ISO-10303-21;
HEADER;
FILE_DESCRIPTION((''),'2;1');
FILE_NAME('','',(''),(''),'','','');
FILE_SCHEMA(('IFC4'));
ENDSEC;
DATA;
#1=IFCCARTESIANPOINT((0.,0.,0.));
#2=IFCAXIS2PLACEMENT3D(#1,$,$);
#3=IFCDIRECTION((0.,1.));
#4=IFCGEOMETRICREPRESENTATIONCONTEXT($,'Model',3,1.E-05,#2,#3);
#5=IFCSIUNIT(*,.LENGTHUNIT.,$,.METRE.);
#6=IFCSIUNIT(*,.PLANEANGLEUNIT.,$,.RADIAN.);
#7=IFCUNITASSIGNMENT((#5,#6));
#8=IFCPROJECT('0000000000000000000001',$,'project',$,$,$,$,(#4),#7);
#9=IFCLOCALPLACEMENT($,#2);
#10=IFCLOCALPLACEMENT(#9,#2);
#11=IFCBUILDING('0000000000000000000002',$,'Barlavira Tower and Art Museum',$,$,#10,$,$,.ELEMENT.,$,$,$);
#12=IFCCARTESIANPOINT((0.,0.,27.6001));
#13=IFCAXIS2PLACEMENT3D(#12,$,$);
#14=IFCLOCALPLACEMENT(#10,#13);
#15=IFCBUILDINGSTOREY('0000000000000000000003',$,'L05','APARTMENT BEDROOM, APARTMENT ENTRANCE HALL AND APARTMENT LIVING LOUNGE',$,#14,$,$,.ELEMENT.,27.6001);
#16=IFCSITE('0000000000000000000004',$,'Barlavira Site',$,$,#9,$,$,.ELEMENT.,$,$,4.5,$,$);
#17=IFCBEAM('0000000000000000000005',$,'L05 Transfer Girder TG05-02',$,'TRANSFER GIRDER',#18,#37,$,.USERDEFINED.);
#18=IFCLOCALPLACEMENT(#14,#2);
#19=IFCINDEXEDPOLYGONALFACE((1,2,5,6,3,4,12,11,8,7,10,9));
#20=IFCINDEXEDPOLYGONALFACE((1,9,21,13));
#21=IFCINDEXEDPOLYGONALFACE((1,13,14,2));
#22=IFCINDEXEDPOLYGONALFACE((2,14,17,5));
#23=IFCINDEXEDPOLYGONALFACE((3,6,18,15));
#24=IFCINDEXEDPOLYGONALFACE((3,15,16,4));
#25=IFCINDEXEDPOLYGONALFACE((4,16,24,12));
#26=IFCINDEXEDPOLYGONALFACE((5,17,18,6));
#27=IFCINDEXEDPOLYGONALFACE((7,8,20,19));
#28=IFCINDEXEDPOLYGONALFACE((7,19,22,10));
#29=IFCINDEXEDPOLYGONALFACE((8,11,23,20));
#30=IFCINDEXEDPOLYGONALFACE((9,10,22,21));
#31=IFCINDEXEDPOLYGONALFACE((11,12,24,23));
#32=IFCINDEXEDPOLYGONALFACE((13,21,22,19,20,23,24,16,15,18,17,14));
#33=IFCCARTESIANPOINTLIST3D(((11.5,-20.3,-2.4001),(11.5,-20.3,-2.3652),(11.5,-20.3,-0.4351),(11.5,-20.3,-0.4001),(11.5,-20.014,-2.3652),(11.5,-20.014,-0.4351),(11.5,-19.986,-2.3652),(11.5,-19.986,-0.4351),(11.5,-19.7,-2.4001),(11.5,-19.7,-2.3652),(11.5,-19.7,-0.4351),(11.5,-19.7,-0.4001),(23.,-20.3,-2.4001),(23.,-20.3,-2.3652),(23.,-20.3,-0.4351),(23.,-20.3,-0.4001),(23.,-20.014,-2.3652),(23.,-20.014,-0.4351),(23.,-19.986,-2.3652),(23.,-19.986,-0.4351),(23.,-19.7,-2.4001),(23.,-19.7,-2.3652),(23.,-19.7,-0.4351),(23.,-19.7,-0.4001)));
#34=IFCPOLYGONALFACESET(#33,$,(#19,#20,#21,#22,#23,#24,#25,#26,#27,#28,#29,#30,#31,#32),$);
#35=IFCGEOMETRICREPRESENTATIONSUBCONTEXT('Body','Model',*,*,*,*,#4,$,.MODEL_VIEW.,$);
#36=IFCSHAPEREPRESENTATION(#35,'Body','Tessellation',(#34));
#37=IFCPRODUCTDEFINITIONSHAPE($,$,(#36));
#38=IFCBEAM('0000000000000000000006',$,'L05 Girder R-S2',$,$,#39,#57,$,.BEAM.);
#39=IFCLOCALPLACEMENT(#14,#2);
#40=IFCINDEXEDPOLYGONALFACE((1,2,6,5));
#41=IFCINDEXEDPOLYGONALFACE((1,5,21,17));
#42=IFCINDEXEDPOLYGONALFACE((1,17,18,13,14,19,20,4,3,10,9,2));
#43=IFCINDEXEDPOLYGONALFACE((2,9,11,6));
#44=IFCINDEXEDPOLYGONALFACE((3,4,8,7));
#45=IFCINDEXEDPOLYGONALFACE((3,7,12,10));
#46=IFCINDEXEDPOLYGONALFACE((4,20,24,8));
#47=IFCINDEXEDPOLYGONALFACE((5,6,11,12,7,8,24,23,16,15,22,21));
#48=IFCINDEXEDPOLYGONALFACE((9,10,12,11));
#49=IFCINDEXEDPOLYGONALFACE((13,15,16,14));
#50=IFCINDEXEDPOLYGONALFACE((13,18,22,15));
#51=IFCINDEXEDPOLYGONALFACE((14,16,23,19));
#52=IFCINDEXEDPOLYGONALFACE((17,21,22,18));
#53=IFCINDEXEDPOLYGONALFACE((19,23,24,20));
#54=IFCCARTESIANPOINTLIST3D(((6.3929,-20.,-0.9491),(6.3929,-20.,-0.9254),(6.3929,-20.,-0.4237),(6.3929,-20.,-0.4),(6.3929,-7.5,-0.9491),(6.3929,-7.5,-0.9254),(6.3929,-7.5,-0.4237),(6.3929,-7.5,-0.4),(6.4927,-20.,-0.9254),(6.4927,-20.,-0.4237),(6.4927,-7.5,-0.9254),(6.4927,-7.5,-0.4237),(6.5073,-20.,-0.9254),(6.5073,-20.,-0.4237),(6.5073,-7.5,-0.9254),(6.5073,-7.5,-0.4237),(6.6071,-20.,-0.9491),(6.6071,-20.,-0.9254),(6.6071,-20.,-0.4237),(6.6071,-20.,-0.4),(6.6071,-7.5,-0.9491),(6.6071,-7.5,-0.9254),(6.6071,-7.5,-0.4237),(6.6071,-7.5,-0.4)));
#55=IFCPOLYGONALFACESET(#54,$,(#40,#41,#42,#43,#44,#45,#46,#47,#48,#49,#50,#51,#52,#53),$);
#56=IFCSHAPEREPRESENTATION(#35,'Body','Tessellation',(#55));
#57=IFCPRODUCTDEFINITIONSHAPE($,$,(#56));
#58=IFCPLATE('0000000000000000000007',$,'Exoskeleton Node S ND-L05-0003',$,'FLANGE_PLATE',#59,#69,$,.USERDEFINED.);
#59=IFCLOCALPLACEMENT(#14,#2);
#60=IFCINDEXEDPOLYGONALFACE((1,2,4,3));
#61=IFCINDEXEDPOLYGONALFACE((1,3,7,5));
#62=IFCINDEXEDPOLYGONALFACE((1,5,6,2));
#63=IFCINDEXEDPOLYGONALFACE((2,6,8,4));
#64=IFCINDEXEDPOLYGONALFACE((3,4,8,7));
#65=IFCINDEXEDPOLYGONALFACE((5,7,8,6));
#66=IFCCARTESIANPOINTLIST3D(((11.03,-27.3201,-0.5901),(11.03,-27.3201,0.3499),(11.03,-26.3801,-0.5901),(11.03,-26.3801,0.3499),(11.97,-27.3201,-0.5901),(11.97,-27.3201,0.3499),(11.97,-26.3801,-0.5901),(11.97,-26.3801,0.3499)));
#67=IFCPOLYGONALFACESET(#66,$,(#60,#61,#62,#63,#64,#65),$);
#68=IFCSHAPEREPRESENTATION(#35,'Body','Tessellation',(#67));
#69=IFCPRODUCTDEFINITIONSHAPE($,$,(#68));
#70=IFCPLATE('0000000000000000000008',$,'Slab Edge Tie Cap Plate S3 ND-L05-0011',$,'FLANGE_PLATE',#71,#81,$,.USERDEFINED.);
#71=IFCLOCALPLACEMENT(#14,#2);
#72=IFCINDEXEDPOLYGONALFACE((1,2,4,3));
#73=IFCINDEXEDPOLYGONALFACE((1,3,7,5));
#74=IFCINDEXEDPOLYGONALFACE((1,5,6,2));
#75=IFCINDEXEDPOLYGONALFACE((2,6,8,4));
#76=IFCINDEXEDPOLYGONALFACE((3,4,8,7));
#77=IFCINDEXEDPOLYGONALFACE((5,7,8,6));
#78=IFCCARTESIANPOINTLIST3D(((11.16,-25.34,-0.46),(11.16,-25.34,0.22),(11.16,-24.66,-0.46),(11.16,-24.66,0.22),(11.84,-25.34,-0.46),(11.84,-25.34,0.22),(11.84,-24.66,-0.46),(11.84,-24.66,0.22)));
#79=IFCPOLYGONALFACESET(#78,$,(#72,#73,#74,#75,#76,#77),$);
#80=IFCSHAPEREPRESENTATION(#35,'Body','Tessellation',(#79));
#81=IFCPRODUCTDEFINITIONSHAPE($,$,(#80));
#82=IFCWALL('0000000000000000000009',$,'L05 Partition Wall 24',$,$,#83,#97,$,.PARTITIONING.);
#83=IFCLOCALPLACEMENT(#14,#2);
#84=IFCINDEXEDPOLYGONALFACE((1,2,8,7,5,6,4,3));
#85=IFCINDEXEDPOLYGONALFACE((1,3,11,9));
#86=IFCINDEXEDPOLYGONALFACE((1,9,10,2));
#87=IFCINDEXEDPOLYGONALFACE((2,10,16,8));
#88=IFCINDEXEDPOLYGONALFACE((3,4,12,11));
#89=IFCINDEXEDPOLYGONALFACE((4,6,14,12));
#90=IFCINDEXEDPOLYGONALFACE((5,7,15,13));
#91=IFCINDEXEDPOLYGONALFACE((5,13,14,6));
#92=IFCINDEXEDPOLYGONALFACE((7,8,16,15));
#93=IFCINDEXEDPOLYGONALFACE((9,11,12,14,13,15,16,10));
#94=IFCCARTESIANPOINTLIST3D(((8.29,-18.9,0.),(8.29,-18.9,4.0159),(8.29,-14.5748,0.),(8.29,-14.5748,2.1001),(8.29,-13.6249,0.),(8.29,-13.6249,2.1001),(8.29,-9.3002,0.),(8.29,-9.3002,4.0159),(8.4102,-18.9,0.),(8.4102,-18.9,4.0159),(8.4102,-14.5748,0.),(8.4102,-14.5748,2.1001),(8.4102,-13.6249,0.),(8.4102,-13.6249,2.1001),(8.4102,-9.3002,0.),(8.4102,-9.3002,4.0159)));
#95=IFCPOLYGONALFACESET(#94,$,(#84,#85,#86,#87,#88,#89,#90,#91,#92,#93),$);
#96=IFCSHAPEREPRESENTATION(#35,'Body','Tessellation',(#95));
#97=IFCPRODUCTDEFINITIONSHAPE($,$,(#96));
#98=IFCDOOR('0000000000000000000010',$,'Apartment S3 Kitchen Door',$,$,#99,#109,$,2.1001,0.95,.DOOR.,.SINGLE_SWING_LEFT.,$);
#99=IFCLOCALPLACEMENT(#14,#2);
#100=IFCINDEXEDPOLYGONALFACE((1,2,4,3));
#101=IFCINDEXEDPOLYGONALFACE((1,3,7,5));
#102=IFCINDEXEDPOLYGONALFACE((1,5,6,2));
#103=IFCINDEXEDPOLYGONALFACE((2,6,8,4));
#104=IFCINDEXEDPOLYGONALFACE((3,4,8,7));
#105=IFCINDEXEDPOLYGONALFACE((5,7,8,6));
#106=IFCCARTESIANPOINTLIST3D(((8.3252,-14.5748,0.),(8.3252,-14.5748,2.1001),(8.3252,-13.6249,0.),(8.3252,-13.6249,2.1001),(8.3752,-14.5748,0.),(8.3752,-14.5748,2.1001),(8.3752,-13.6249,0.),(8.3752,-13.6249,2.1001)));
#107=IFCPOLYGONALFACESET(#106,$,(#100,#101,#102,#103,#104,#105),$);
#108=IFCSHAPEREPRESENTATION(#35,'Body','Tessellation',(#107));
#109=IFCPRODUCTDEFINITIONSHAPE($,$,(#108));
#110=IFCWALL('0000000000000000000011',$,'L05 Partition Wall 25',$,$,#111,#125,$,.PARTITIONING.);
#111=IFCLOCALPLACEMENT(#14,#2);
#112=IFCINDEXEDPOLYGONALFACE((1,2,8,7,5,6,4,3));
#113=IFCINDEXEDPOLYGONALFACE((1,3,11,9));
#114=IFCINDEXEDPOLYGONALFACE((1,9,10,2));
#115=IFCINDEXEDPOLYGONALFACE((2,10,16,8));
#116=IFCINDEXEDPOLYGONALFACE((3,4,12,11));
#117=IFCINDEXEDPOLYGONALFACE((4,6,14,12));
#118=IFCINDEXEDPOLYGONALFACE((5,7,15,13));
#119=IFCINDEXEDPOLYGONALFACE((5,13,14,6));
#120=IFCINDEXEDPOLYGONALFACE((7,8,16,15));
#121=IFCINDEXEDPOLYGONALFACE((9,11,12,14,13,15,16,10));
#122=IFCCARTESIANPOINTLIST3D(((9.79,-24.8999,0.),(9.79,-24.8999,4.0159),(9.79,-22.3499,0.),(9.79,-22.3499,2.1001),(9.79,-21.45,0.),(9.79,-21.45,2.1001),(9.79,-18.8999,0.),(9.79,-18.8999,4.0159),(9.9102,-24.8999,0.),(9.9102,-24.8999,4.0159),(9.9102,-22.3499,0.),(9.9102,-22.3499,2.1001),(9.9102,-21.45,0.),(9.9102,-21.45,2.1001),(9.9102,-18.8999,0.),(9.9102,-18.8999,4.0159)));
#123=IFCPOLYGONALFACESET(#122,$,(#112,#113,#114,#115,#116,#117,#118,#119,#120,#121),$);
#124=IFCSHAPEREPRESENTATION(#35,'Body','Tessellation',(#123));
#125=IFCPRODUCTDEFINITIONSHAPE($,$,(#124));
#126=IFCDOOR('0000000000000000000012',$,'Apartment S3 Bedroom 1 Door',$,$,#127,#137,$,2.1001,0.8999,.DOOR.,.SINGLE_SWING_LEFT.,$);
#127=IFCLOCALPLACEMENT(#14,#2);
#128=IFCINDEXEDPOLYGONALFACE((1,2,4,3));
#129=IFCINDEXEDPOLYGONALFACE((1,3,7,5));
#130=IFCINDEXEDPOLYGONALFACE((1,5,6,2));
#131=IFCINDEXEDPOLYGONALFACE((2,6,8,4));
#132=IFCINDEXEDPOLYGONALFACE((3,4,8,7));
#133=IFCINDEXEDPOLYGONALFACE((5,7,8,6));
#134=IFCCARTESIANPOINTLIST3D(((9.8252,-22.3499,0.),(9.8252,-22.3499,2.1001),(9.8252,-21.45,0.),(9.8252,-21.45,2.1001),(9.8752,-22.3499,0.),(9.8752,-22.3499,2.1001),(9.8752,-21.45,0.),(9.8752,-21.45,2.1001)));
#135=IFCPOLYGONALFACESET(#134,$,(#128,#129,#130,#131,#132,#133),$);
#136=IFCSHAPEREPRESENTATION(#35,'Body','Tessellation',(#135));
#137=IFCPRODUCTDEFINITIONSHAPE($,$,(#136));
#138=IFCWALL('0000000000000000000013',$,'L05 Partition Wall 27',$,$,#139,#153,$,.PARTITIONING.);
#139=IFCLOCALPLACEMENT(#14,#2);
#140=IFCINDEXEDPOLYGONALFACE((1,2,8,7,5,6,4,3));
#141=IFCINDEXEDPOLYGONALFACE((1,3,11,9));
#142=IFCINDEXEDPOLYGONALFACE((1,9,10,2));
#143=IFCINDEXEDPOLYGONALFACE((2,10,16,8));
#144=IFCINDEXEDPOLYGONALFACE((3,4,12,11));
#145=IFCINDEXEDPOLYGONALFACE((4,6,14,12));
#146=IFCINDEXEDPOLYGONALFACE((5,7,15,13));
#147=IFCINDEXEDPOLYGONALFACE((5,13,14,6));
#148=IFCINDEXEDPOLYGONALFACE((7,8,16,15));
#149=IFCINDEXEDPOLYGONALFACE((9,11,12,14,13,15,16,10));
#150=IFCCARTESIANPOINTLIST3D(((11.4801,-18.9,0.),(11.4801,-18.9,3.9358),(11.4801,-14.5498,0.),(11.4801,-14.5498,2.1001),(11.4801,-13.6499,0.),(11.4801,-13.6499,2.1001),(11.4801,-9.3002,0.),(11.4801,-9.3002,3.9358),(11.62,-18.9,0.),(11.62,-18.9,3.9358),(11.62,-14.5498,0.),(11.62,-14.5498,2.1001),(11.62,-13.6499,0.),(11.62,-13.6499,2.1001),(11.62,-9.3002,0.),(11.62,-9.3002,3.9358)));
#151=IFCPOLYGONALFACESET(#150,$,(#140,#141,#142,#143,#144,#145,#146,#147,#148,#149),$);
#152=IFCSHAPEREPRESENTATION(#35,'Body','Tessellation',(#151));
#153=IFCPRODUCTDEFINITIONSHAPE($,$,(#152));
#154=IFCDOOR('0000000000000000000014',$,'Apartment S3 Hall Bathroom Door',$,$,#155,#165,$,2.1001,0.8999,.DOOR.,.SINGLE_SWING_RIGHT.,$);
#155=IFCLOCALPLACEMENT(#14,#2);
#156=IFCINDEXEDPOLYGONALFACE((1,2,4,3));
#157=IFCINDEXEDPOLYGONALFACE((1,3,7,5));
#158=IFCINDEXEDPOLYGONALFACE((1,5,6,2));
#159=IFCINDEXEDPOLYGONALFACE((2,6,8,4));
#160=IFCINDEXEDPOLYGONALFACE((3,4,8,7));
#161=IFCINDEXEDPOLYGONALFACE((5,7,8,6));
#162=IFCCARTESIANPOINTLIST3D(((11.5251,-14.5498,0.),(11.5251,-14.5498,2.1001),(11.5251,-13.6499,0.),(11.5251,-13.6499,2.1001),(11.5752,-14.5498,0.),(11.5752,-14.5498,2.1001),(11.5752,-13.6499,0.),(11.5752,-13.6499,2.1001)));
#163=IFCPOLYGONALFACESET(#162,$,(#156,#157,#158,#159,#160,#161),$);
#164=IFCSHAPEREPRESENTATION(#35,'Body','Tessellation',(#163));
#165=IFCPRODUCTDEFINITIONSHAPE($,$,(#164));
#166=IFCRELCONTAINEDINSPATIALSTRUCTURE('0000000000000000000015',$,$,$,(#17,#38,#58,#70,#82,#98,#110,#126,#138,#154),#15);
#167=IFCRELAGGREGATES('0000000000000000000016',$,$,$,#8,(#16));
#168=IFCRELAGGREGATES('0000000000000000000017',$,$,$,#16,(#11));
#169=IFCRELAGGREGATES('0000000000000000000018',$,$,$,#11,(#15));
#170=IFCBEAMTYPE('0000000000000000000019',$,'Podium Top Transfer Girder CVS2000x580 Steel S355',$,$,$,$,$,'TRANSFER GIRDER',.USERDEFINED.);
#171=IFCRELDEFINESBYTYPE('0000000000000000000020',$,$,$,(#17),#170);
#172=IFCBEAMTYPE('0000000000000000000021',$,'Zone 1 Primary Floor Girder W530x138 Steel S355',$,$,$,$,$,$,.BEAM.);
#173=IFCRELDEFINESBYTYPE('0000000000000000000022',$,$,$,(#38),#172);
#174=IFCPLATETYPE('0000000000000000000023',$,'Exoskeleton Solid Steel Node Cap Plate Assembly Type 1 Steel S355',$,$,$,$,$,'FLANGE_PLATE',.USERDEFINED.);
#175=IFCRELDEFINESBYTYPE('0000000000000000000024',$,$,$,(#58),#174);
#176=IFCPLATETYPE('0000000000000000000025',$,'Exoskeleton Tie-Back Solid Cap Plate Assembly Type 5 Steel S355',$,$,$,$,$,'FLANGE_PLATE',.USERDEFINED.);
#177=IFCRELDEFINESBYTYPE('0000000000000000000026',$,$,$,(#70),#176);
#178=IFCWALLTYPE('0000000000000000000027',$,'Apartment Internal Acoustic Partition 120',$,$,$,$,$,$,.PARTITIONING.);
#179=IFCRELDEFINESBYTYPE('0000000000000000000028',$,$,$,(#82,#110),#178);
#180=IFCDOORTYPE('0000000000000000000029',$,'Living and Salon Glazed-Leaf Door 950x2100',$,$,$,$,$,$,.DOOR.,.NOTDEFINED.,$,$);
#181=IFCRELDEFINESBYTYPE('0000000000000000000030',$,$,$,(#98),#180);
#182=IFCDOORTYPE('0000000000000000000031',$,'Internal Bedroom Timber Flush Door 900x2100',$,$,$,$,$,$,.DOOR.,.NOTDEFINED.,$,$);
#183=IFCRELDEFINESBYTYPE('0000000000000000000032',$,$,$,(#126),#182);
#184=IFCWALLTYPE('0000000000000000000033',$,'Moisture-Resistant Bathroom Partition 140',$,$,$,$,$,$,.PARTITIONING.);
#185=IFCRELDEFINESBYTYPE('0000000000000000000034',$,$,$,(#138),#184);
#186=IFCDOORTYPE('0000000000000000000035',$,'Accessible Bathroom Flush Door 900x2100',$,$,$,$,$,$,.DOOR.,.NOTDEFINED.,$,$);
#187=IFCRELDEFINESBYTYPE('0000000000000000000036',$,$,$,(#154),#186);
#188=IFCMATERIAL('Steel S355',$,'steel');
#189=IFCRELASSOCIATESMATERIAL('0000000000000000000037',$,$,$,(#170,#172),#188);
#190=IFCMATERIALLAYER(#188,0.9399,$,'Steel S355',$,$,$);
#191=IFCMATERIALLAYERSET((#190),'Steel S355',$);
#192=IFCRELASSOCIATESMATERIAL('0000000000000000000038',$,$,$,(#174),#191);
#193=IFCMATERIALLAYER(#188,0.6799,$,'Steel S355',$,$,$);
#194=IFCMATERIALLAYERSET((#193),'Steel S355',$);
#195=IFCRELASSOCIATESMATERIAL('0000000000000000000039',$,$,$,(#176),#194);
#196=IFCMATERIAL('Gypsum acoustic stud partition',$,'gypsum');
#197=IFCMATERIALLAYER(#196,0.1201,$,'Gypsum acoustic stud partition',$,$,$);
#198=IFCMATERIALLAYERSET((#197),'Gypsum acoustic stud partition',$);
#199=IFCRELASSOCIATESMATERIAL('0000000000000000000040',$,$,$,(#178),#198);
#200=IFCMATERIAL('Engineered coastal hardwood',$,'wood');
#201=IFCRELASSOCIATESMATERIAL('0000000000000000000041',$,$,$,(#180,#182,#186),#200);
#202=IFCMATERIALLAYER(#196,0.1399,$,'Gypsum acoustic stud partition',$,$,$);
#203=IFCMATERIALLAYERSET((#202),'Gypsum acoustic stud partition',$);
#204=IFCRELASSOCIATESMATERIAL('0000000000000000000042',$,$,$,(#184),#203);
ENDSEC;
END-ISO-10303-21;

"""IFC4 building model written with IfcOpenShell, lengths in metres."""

from ifc_helpers import new_model, si_unit, direction, frame, frame_2d, origin, origin_2d, place, context, subcontext, project, spatial, rectangle, i_section, extrude, material, layer, layer_set, material_profile, profile_set, type_object, element, fill, save


model = new_model("IFC4")

# Units and contexts
model_context = context("Model", 3, precision=1e-05, world=origin(), true_north=direction((0.0, 1.0)))
body_context = subcontext(model_context, "Body", "Model", "MODEL_VIEW")
ifc_project = project(units=[si_unit("LENGTHUNIT", "METRE"), si_unit("PLANEANGLEUNIT", "RADIAN")], contexts=[model_context])

# Site, building, storey
site_placement = place(None, origin())
site = spatial("IfcSite", under=ifc_project, at=site_placement, Name="Barlavira Site", CompositionType="ELEMENT", RefElevation=4.5)
building_placement = place(site_placement, origin())
building = spatial("IfcBuilding", under=site, at=building_placement, Name="Barlavira Tower and Art Museum", CompositionType="ELEMENT")
storey_placement = place(building_placement, frame((0.0, 0.0, 27.6001)))
storey = spatial("IfcBuildingStorey", under=building, at=storey_placement, Name="L05", Description="APARTMENT BEDROOM, APARTMENT ENTRANCE HALL AND APARTMENT LIVING LOUNGE", CompositionType="ELEMENT", Elevation=27.6001)

# Shared definitions
ifc_material_1 = material(Name="Steel S355", Category="steel")

# Beams
ifc_material_profile_1 = material_profile(ifc_material_1, i_section(OverallWidth=0.6001, OverallDepth=2.0, WebThickness=0.0281, FlangeThickness=0.0349, at=origin_2d()), Name="CVS2000x580")
ifc_profile_set_1 = profile_set([ifc_material_profile_1], Name="Steel S355")
beam_type_1 = type_object("IfcBeamType", Name="Podium Top Transfer Girder CVS2000x580 Steel S355", ElementType="TRANSFER GIRDER", PredefinedType="USERDEFINED", material=ifc_profile_set_1)
beam_1_placement = place(storey_placement, frame((11.5, -20.0, -1.4001), z_axis=(1.0, 0.0, 0.0), x_axis=(0.0, 1.0, 0.0)))
element("IfcBeam", 1, at=beam_1_placement, inside=storey, type_object=beam_type_1, Name="L05 Transfer Girder TG05-02", ObjectType="TRANSFER GIRDER", PredefinedType="USERDEFINED", context=body_context, shape_type="SweptSolid", body=[
    extrude(i_section(OverallWidth=0.6001, OverallDepth=2.0, WebThickness=0.0281, FlangeThickness=0.0349, at=origin_2d()), origin(), (0.0, 0.0, 1.0), 11.5),
])
ifc_material_profile_2 = material_profile(ifc_material_1, i_section(OverallWidth=0.2141, OverallDepth=0.5491, WebThickness=0.0146, FlangeThickness=0.0237, at=origin_2d()), Name="W530x138.0")
ifc_profile_set_2 = profile_set([ifc_material_profile_2], Name="Steel S355")
beam_type_2 = type_object("IfcBeamType", Name="Zone 1 Primary Floor Girder W530x138 Steel S355", PredefinedType="BEAM", material=ifc_profile_set_2)
beam_2_placement = place(storey_placement, frame((6.5, -20.0, -0.6746), z_axis=(0.0, 1.0, 0.0), x_axis=(-1.0, 0.0, 0.0)))
element("IfcBeam", 2, at=beam_2_placement, inside=storey, type_object=beam_type_2, Name="L05 Girder R-S2", PredefinedType="BEAM", context=body_context, shape_type="SweptSolid", body=[
    extrude(i_section(OverallWidth=0.2141, OverallDepth=0.5491, WebThickness=0.0146, FlangeThickness=0.0237, at=origin_2d()), origin(), (0.0, 0.0, 1.0), 12.5),
])

# Plates
ifc_layer_1 = layer(ifc_material_1, 0.9399, Name="Steel S355")
ifc_layer_set_1 = layer_set([ifc_layer_1], Name="Steel S355")
plate_type_1 = type_object("IfcPlateType", Name="Exoskeleton Solid Steel Node Cap Plate Assembly Type 1 Steel S355", ElementType="FLANGE_PLATE", PredefinedType="USERDEFINED", material=ifc_layer_set_1)
plate_1_placement = place(storey_placement, frame((11.5, -26.8501, -0.5901), z_axis=(0.0, 0.0, 1.0), x_axis=(1.0, 0.0, 0.0)))
element("IfcPlate", 3, at=plate_1_placement, inside=storey, type_object=plate_type_1, Name="Exoskeleton Node S ND-L05-0003", ObjectType="FLANGE_PLATE", PredefinedType="USERDEFINED", context=body_context, shape_type="SweptSolid", body=[
    extrude(rectangle(XDim=0.9399, YDim=0.9399, at=origin_2d()), origin(), (0.0, 0.0, 1.0), 0.9399),
])
ifc_layer_2 = layer(ifc_material_1, 0.6799, Name="Steel S355")
ifc_layer_set_2 = layer_set([ifc_layer_2], Name="Steel S355")
plate_type_2 = type_object("IfcPlateType", Name="Exoskeleton Tie-Back Solid Cap Plate Assembly Type 5 Steel S355", ElementType="FLANGE_PLATE", PredefinedType="USERDEFINED", material=ifc_layer_set_2)
plate_2_placement = place(storey_placement, frame((11.5, -25.0, -0.46), z_axis=(0.0, 0.0, 1.0), x_axis=(1.0, 0.0, 0.0)))
element("IfcPlate", 4, at=plate_2_placement, inside=storey, type_object=plate_type_2, Name="Slab Edge Tie Cap Plate S3 ND-L05-0011", ObjectType="FLANGE_PLATE", PredefinedType="USERDEFINED", context=body_context, shape_type="SweptSolid", body=[
    extrude(rectangle(XDim=0.6799, YDim=0.6799, at=origin_2d()), origin(), (0.0, 0.0, 1.0), 0.6799),
])

# Walls, openings, doors
ifc_material_2 = material(Name="Gypsum acoustic stud partition", Category="gypsum")
ifc_layer_3 = layer(ifc_material_2, 0.1201, Name="Gypsum acoustic stud partition")
ifc_layer_set_3 = layer_set([ifc_layer_3], Name="Gypsum acoustic stud partition")
wall_type_1 = type_object("IfcWallType", Name="Apartment Internal Acoustic Partition 120", PredefinedType="PARTITIONING", material=ifc_layer_set_3)
wall_1_placement = place(storey_placement, frame((8.3501, -18.8999, 0.0), z_axis=(0.0, 0.0, 1.0), x_axis=(0.0, 1.0, 0.0)))
wall_1 = element("IfcWall", 5, at=wall_1_placement, inside=storey, type_object=wall_type_1, Name="L05 Partition Wall 24", PredefinedType="PARTITIONING", context=body_context, shape_type="SweptSolid", body=[
    extrude(rectangle(XDim=9.5999, YDim=0.1201, at=frame_2d((4.7998, 0.0))), origin(), (0.0, 0.0, 1.0), 4.0159),
])
opening_1_placement = place(wall_1_placement, frame((4.325, 0.0, 0.0)))
opening_1 = element("IfcOpeningElement", 6, at=opening_1_placement, cuts=wall_1, PredefinedType="OPENING", context=body_context, shape_type="SweptSolid", body=[
    extrude(rectangle(XDim=0.95, YDim=2.1001, at=frame_2d((0.4751, 1.05))), frame((0.0, 0.0701, 0.0), z_axis=(0.0, -1.0, 0.0), x_axis=(1.0, 0.0, 0.0)), (0.0, 0.0, 1.0), 0.1401),
])
ifc_material_3 = material(Name="Engineered coastal hardwood", Category="wood")
door_type_1 = type_object("IfcDoorType", Name="Living and Salon Glazed-Leaf Door 950x2100", OperationType="NOTDEFINED", PredefinedType="DOOR", material=ifc_material_3)
door_1_placement = place(opening_1_placement, origin())
door_1 = element("IfcDoor", 7, at=door_1_placement, inside=storey, type_object=door_type_1, Name="Apartment S3 Kitchen Door", OperationType="SINGLE_SWING_LEFT", OverallHeight=2.1001, OverallWidth=0.95, PredefinedType="DOOR", context=body_context, shape_type="SweptSolid", body=[
    extrude(rectangle(XDim=0.95, YDim=2.1001, at=frame_2d((0.4751, 1.05))), frame((0.0, 0.0249, 0.0), z_axis=(0.0, -1.0, 0.0), x_axis=(1.0, 0.0, 0.0)), (0.0, 0.0, 1.0), 0.05),
])
fill(opening_1, door_1)
wall_2_placement = place(storey_placement, frame((9.8501, -24.8999, 0.0), z_axis=(0.0, 0.0, 1.0), x_axis=(0.0, 1.0, 0.0)))
wall_2 = element("IfcWall", 8, at=wall_2_placement, inside=storey, type_object=wall_type_1, Name="L05 Partition Wall 25", PredefinedType="PARTITIONING", context=body_context, shape_type="SweptSolid", body=[
    extrude(rectangle(XDim=6.0, YDim=0.1201, at=frame_2d((3.0, 0.0))), origin(), (0.0, 0.0, 1.0), 4.0159),
])
opening_2_placement = place(wall_2_placement, frame((2.55, 0.0, 0.0)))
opening_2 = element("IfcOpeningElement", 9, at=opening_2_placement, cuts=wall_2, PredefinedType="OPENING", context=body_context, shape_type="SweptSolid", body=[
    extrude(rectangle(XDim=0.8999, YDim=2.1001, at=frame_2d((0.45, 1.05))), frame((0.0, 0.0701, 0.0), z_axis=(0.0, -1.0, 0.0), x_axis=(1.0, 0.0, 0.0)), (0.0, 0.0, 1.0), 0.1401),
])
door_type_2 = type_object("IfcDoorType", Name="Internal Bedroom Timber Flush Door 900x2100", OperationType="NOTDEFINED", PredefinedType="DOOR", material=ifc_material_3)
door_2_placement = place(opening_2_placement, origin())
door_2 = element("IfcDoor", 10, at=door_2_placement, inside=storey, type_object=door_type_2, Name="Apartment S3 Bedroom 1 Door", OperationType="SINGLE_SWING_LEFT", OverallHeight=2.1001, OverallWidth=0.8999, PredefinedType="DOOR", context=body_context, shape_type="SweptSolid", body=[
    extrude(rectangle(XDim=0.8999, YDim=2.1001, at=frame_2d((0.45, 1.05))), frame((0.0, 0.0249, 0.0), z_axis=(0.0, -1.0, 0.0), x_axis=(1.0, 0.0, 0.0)), (0.0, 0.0, 1.0), 0.05),
])
fill(opening_2, door_2)
ifc_layer_4 = layer(ifc_material_2, 0.1399, Name="Gypsum acoustic stud partition")
ifc_layer_set_4 = layer_set([ifc_layer_4], Name="Gypsum acoustic stud partition")
wall_type_2 = type_object("IfcWallType", Name="Moisture-Resistant Bathroom Partition 140", PredefinedType="PARTITIONING", material=ifc_layer_set_4)
wall_3_placement = place(storey_placement, frame((11.55, -18.8999, 0.0), z_axis=(0.0, 0.0, 1.0), x_axis=(0.0, 1.0, 0.0)))
wall_3 = element("IfcWall", 11, at=wall_3_placement, inside=storey, type_object=wall_type_2, Name="L05 Partition Wall 27", PredefinedType="PARTITIONING", context=body_context, shape_type="SweptSolid", body=[
    extrude(rectangle(XDim=9.5999, YDim=0.1399, at=frame_2d((4.7998, 0.0))), origin(), (0.0, 0.0, 1.0), 3.9358),
])
opening_3_placement = place(wall_3_placement, frame((4.3501, 0.0, 0.0)))
opening_3 = element("IfcOpeningElement", 12, at=opening_3_placement, cuts=wall_3, PredefinedType="OPENING", context=body_context, shape_type="SweptSolid", body=[
    extrude(rectangle(XDim=0.8999, YDim=2.1001, at=frame_2d((0.45, 1.05))), frame((0.0, 0.0801, 0.0), z_axis=(0.0, -1.0, 0.0), x_axis=(1.0, 0.0, 0.0)), (0.0, 0.0, 1.0), 0.1599),
])
door_type_3 = type_object("IfcDoorType", Name="Accessible Bathroom Flush Door 900x2100", OperationType="NOTDEFINED", PredefinedType="DOOR", material=ifc_material_3)
door_3_placement = place(opening_3_placement, origin())
door_3 = element("IfcDoor", 13, at=door_3_placement, inside=storey, type_object=door_type_3, Name="Apartment S3 Hall Bathroom Door", OperationType="SINGLE_SWING_RIGHT", OverallHeight=2.1001, OverallWidth=0.8999, PredefinedType="DOOR", context=body_context, shape_type="SweptSolid", body=[
    extrude(rectangle(XDim=0.8999, YDim=2.1001, at=frame_2d((0.45, 1.05))), frame((0.0, 0.0249, 0.0), z_axis=(0.0, -1.0, 0.0), x_axis=(1.0, 0.0, 0.0)), (0.0, 0.0, 1.0), 0.05),
])
fill(opening_3, door_3)

save(model, "model.ifc")
